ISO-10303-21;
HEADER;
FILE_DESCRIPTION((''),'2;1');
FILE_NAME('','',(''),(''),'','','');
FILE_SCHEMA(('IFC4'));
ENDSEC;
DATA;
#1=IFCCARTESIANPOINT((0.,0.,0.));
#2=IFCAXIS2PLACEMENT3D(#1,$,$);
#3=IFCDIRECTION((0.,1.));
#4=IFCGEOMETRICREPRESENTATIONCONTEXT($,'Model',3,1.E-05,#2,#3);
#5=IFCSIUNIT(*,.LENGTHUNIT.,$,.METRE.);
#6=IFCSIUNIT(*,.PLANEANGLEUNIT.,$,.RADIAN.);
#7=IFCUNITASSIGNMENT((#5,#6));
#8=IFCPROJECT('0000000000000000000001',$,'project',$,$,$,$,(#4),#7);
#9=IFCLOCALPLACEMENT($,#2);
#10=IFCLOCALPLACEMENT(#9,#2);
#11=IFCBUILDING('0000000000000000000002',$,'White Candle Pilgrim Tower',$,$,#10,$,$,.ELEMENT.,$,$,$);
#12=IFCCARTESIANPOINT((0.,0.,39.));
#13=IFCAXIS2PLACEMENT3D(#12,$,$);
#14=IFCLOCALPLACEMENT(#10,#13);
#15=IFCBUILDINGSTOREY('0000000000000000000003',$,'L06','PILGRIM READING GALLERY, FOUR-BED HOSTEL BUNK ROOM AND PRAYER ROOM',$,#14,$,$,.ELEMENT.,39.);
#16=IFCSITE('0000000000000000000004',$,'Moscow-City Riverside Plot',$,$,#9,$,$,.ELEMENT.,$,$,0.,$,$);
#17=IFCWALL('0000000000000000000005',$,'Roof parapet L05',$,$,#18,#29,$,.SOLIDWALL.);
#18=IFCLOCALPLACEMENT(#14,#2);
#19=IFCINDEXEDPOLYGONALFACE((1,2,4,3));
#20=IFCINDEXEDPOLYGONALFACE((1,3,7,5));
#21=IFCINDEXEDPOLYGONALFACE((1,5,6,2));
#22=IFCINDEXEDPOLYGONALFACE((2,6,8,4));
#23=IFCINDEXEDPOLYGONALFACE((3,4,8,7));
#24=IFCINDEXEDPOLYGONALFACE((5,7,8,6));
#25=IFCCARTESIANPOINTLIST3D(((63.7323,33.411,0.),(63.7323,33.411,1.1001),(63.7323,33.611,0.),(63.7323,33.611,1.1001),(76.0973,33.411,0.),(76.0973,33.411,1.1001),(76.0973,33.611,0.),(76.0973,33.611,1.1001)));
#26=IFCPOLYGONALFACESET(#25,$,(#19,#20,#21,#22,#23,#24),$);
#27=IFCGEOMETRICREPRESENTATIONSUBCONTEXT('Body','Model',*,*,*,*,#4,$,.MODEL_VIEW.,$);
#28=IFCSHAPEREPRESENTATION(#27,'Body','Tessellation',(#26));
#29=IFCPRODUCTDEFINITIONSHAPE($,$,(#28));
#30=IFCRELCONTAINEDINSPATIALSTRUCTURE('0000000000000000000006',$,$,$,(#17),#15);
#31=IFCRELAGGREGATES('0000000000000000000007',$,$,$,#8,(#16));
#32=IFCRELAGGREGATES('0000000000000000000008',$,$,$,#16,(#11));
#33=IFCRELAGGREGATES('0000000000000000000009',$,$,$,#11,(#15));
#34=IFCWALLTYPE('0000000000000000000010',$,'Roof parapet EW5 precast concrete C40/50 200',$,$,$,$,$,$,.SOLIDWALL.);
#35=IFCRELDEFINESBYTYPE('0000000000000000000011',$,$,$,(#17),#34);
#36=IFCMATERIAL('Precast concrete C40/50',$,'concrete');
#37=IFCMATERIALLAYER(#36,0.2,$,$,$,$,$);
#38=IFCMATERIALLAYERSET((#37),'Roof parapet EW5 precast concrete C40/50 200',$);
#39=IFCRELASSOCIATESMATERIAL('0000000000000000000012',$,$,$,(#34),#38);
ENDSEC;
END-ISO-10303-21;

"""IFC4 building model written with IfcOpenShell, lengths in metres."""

from ifc_helpers import new_model, si_unit, direction, frame, frame_2d, origin, place, context, subcontext, project, spatial, rectangle, extrude, material, layer, layer_set, type_object, element, save


model = new_model("IFC4")

# Units and contexts
model_context = context("Model", 3, precision=1e-05, world=origin(), true_north=direction((0.0, 1.0)))
body_context = subcontext(model_context, "Body", "Model", "MODEL_VIEW")
ifc_project = project(units=[si_unit("LENGTHUNIT", "METRE"), si_unit("PLANEANGLEUNIT", "RADIAN")], contexts=[model_context])

# Site, building, storey
site_placement = place(None, origin())
site = spatial("IfcSite", under=ifc_project, at=site_placement, Name="Moscow-City Riverside Plot", CompositionType="ELEMENT", RefElevation=0.0)
building_placement = place(site_placement, origin())
building = spatial("IfcBuilding", under=site, at=building_placement, Name="White Candle Pilgrim Tower", CompositionType="ELEMENT")
storey_placement = place(building_placement, frame((0.0, 0.0, 39.0)))
storey = spatial("IfcBuildingStorey", under=building, at=storey_placement, Name="L06", Description="PILGRIM READING GALLERY, FOUR-BED HOSTEL BUNK ROOM AND PRAYER ROOM", CompositionType="ELEMENT", Elevation=39.0)

# Shared definitions
ifc_material_1 = material(Name="Precast concrete C40/50", Category="concrete")

# Wall
ifc_layer_1 = layer(ifc_material_1, 0.2)
ifc_layer_set_1 = layer_set([ifc_layer_1], Name="Roof parapet EW5 precast concrete C40/50 200")
wall_type_1 = type_object("IfcWallType", Name="Roof parapet EW5 precast concrete C40/50 200", PredefinedType="SOLIDWALL", material=ifc_layer_set_1)
wall_1_placement = place(storey_placement, frame((76.0974, 33.511, 0.0), z_axis=(0.0, 0.0, 1.0), x_axis=(-1.0, 0.0, 0.0)))
element("IfcWall", 1, at=wall_1_placement, inside=storey, type_object=wall_type_1, Name="Roof parapet L05", PredefinedType="SOLIDWALL", context=body_context, shape_type="SweptSolid", body=[
    extrude(rectangle(XDim=12.365, YDim=0.2, at=frame_2d((6.1826, 0.0))), origin(), (0.0, 0.0, 1.0), 1.1001),
])

save(model, "model.ifc")
